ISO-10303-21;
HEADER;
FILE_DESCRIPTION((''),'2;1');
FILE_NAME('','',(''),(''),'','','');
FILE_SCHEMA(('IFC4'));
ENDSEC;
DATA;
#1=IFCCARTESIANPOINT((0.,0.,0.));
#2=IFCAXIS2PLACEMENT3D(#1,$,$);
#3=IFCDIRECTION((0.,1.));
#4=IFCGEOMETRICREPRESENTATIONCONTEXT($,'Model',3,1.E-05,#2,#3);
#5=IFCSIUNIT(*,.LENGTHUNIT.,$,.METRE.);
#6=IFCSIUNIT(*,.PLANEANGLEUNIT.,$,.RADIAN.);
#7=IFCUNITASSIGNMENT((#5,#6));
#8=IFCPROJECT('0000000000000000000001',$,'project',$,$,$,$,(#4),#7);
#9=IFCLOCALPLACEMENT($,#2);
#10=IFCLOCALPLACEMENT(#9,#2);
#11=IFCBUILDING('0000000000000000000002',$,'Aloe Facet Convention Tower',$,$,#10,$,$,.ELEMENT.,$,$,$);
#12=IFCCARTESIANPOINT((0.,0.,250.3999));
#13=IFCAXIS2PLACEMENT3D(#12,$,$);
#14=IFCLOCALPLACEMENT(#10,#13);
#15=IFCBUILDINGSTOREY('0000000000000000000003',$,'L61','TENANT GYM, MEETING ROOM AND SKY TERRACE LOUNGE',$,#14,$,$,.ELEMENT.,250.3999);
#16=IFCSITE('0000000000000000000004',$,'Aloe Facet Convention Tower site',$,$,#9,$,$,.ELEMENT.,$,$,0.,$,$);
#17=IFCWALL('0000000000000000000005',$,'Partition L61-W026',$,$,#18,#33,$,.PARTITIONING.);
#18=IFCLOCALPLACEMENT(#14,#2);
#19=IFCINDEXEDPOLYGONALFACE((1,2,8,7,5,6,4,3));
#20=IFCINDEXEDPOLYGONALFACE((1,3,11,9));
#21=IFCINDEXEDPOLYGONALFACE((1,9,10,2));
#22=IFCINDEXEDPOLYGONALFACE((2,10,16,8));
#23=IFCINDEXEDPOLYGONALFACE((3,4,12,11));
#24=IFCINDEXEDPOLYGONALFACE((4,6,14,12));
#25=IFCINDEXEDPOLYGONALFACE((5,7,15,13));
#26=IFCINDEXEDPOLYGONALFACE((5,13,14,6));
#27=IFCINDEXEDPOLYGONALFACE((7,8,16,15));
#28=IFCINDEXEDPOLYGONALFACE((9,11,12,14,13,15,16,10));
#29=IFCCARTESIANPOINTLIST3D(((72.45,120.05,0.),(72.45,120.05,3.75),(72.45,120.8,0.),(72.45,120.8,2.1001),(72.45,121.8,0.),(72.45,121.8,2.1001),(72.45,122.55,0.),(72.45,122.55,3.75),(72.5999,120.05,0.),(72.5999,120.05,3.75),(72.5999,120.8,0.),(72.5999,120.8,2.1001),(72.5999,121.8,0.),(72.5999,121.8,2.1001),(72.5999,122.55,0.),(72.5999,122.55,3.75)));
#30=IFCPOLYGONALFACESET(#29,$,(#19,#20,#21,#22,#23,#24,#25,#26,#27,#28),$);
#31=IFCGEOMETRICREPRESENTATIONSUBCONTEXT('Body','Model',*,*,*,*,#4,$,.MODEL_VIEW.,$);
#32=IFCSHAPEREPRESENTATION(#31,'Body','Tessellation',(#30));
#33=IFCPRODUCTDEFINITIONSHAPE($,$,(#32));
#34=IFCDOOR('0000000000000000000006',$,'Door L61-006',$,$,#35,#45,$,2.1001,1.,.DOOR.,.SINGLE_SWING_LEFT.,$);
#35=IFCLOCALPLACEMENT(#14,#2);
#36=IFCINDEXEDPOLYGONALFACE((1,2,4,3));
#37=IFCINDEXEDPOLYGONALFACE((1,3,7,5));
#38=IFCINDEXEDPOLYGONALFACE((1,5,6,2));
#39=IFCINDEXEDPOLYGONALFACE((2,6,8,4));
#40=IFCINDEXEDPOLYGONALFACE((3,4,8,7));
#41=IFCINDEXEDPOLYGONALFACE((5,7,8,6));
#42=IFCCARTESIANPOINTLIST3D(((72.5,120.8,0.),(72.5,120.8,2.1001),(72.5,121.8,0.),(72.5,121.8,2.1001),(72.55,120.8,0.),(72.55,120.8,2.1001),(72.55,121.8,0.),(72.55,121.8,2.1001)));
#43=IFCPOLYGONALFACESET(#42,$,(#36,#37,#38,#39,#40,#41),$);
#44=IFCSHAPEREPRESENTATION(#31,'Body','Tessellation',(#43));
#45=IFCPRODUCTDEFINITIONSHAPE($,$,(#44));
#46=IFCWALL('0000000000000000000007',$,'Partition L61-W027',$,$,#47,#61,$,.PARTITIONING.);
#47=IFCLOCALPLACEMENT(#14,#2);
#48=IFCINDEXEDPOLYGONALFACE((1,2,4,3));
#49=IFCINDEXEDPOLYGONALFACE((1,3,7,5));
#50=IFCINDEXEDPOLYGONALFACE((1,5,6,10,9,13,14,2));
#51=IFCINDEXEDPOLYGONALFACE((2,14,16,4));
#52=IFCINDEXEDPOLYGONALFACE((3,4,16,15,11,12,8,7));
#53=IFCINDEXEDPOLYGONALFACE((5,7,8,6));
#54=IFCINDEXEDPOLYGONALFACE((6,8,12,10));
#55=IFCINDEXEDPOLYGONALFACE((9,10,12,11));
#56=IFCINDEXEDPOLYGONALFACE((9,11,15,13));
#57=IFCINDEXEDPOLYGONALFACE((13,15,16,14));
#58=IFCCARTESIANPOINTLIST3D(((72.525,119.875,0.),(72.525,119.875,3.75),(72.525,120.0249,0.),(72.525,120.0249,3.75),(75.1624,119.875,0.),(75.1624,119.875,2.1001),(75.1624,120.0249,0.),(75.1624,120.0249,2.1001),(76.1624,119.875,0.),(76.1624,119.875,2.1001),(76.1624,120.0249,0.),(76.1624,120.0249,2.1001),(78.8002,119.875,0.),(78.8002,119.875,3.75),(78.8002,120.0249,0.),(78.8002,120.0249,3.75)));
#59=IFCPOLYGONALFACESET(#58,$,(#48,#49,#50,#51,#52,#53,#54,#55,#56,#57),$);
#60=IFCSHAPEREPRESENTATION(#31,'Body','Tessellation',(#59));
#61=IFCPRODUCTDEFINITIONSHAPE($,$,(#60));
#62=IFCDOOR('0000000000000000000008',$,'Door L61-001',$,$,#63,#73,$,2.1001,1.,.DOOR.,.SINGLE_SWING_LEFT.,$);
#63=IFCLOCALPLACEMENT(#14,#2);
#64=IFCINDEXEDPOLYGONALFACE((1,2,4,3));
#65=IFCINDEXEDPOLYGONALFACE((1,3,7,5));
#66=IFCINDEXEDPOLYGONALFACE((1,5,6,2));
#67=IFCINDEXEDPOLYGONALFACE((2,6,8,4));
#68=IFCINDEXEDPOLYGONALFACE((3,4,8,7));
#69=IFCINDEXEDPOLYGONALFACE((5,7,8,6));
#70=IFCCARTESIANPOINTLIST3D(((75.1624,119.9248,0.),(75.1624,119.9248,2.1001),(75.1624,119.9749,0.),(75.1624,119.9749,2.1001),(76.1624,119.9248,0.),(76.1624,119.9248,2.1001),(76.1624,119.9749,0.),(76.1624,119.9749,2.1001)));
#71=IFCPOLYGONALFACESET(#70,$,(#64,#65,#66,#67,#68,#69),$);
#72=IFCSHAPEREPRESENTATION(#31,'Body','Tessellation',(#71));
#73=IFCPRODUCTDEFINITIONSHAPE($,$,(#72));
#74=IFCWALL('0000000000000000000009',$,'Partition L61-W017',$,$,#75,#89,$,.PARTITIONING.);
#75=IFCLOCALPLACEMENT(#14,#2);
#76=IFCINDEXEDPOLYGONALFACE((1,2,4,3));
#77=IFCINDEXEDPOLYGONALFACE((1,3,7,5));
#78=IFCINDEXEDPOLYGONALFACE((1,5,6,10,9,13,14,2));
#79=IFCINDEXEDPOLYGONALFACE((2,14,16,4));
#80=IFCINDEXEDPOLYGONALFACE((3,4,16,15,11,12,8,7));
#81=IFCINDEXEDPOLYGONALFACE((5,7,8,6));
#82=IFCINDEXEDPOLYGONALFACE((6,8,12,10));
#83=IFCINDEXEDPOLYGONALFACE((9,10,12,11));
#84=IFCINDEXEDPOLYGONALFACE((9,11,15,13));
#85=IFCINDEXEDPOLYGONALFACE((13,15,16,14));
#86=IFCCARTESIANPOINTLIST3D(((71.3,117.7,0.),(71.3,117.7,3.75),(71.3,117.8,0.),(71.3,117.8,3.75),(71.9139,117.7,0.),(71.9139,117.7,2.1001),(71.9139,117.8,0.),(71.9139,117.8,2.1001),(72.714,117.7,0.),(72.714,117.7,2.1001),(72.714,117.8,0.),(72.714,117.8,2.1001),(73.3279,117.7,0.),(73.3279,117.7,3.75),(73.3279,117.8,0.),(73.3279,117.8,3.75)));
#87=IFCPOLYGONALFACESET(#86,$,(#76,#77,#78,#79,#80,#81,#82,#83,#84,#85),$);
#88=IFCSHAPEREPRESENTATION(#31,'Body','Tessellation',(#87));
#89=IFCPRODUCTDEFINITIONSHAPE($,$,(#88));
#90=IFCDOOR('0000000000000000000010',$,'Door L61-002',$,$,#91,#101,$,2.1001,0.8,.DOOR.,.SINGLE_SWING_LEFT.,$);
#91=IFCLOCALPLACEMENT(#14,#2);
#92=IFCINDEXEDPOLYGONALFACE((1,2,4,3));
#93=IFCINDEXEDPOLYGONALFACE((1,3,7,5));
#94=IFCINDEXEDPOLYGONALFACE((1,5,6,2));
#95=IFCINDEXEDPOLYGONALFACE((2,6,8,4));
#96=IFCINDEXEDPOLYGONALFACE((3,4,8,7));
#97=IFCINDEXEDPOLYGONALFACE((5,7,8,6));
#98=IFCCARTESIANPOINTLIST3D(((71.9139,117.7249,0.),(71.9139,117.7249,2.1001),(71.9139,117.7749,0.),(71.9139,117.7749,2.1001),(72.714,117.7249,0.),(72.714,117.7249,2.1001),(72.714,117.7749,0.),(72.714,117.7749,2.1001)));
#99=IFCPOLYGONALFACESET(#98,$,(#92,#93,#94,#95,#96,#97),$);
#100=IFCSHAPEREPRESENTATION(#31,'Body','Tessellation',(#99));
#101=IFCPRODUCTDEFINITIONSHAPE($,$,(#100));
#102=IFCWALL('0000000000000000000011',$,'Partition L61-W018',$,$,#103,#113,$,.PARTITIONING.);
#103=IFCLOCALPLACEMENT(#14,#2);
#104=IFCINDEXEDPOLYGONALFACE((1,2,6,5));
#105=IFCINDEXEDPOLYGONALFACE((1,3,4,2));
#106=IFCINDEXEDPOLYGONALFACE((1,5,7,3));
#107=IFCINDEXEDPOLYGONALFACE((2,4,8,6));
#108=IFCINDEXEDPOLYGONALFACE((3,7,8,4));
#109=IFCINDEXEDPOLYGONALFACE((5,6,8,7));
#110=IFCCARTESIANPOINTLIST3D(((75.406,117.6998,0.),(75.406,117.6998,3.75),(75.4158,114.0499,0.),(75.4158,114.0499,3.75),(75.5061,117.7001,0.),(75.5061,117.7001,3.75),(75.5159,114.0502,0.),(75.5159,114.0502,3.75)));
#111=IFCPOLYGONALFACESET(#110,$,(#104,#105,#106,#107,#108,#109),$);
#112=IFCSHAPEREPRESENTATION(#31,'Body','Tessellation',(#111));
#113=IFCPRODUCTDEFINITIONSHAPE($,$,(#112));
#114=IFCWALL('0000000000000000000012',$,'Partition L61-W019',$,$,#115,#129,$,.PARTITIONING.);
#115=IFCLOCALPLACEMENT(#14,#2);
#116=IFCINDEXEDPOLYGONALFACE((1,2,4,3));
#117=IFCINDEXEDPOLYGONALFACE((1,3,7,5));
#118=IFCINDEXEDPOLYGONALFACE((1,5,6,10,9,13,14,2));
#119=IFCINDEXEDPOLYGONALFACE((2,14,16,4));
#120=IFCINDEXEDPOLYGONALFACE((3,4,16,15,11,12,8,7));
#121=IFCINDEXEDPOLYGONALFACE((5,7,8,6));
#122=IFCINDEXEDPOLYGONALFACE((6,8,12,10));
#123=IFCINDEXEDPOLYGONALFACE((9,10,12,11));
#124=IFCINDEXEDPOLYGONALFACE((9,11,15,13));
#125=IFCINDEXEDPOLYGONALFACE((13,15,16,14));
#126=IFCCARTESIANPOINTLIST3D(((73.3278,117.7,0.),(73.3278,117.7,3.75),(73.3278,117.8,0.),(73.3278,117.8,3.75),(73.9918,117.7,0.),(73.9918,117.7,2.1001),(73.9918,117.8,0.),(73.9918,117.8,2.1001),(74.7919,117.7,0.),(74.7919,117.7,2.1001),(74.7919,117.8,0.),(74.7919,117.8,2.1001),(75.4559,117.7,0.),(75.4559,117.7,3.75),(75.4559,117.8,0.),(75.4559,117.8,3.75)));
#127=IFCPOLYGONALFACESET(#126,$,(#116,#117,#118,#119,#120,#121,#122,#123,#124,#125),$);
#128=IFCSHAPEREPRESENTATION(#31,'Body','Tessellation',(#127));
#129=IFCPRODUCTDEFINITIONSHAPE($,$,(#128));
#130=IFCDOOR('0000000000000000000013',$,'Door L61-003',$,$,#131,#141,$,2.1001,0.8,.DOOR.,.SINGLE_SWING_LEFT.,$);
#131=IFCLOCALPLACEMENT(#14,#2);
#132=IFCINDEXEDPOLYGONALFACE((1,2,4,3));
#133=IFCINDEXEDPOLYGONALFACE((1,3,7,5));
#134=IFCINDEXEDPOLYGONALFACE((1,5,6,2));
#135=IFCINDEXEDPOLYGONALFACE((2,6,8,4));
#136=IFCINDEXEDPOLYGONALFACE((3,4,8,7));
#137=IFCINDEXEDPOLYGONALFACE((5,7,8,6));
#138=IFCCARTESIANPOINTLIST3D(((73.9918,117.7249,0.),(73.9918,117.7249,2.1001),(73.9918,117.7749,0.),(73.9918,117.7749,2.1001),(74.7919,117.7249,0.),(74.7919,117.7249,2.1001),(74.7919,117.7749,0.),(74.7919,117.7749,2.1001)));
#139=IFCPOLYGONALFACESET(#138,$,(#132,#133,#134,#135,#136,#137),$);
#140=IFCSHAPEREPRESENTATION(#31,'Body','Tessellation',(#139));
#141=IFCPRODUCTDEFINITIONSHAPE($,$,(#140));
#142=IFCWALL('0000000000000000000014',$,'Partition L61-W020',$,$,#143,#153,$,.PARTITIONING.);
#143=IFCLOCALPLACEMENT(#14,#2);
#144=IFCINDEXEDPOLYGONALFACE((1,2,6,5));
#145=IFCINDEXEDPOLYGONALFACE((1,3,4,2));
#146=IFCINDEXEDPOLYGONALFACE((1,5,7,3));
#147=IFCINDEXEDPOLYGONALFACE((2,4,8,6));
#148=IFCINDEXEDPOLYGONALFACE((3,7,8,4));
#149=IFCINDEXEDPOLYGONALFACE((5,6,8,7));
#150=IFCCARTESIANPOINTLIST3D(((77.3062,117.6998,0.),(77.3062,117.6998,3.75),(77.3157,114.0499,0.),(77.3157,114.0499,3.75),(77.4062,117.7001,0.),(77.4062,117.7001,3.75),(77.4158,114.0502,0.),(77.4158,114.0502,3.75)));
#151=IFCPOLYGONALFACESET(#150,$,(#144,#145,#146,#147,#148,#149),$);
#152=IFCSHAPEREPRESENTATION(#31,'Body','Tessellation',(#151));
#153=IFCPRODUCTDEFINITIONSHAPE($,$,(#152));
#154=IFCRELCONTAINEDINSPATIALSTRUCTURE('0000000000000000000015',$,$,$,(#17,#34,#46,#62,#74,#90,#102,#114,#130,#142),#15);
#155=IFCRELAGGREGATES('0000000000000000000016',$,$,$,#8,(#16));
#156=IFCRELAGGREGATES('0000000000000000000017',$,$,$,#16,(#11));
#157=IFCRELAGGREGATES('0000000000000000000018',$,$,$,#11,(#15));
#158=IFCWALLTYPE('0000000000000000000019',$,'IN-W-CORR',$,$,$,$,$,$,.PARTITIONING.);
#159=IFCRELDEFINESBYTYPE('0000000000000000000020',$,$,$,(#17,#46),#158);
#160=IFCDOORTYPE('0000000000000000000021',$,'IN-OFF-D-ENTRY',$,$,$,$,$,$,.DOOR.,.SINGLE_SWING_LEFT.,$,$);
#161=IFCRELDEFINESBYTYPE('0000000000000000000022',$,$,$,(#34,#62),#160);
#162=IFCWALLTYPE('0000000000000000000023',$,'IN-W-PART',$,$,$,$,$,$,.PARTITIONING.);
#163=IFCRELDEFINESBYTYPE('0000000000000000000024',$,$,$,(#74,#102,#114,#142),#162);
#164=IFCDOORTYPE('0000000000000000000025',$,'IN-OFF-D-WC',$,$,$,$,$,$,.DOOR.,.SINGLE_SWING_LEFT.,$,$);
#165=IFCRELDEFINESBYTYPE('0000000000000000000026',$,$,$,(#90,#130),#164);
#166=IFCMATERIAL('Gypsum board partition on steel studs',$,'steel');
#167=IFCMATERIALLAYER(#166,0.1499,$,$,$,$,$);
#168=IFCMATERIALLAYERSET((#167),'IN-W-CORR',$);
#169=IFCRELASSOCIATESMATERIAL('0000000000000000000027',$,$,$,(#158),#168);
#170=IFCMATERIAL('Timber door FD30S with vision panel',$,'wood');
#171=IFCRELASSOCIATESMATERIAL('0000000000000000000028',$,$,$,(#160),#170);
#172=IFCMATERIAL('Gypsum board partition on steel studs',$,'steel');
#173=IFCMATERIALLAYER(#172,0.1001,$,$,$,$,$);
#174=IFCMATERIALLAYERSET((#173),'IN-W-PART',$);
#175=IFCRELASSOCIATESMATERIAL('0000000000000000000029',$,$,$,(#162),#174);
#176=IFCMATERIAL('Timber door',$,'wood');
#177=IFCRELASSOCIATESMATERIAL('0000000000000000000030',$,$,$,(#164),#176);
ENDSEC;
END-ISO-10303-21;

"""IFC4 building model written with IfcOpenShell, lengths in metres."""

from ifc_helpers import new_model, si_unit, direction, frame, frame_2d, origin, place, context, subcontext, project, spatial, rectangle, extrude, material, layer, layer_set, type_object, element, fill, save


model = new_model("IFC4")

# Units and contexts
model_context = context("Model", 3, precision=1e-05, world=origin(), true_north=direction((0.0, 1.0)))
body_context = subcontext(model_context, "Body", "Model", "MODEL_VIEW")
ifc_project = project(units=[si_unit("LENGTHUNIT", "METRE"), si_unit("PLANEANGLEUNIT", "RADIAN")], contexts=[model_context])

# Site, building, storey
site_placement = place(None, origin())
site = spatial("IfcSite", under=ifc_project, at=site_placement, Name="Aloe Facet Convention Tower site", CompositionType="ELEMENT", RefElevation=0.0)
building_placement = place(site_placement, origin())
building = spatial("IfcBuilding", under=site, at=building_placement, Name="Aloe Facet Convention Tower", CompositionType="ELEMENT")
storey_placement = place(building_placement, frame((0.0, 0.0, 250.3999)))
storey = spatial("IfcBuildingStorey", under=building, at=storey_placement, Name="L61", Description="TENANT GYM, MEETING ROOM AND SKY TERRACE LOUNGE", CompositionType="ELEMENT", Elevation=250.3999)

# Walls, openings, doors
ifc_material_1 = material(Name="Gypsum board partition on steel studs", Category="steel")
ifc_layer_1 = layer(ifc_material_1, 0.1499)
ifc_layer_set_1 = layer_set([ifc_layer_1], Name="IN-W-CORR")
wall_type_1 = type_object("IfcWallType", Name="IN-W-CORR", PredefinedType="PARTITIONING", material=ifc_layer_set_1)
wall_1_placement = place(storey_placement, frame((72.5249, 120.05, 0.0), z_axis=(0.0, 0.0, 1.0), x_axis=(0.0, 1.0, 0.0)))
wall_1 = element("IfcWall", 1, at=wall_1_placement, inside=storey, type_object=wall_type_1, Name="Partition L61-W026", PredefinedType="PARTITIONING", context=body_context, shape_type="SweptSolid", body=[
    extrude(rectangle(XDim=2.5, YDim=0.1499, at=frame_2d((1.25, 0.0))), origin(), (0.0, 0.0, 1.0), 3.75),
])
opening_1_placement = place(wall_1_placement, frame((0.75, 0.0, 0.0)))
opening_1 = element("IfcOpeningElement", 2, at=opening_1_placement, cuts=wall_1, PredefinedType="OPENING", context=body_context, shape_type="SweptSolid", body=[
    extrude(rectangle(XDim=1.0, YDim=2.1001, at=frame_2d((0.5, 1.05))), frame((0.0, 0.085, 0.0), z_axis=(0.0, -1.0, 0.0), x_axis=(1.0, 0.0, 0.0)), (0.0, 0.0, 1.0), 0.1699),
])
ifc_material_2 = material(Name="Timber door FD30S with vision panel", Category="wood")
door_type_1 = type_object("IfcDoorType", Name="IN-OFF-D-ENTRY", OperationType="SINGLE_SWING_LEFT", PredefinedType="DOOR", material=ifc_material_2)
door_1_placement = place(opening_1_placement, origin())
door_1 = element("IfcDoor", 3, at=door_1_placement, inside=storey, type_object=door_type_1, Name="Door L61-006", OperationType="SINGLE_SWING_LEFT", OverallHeight=2.1001, OverallWidth=1.0, PredefinedType="DOOR", context=body_context, shape_type="SweptSolid", body=[
    extrude(rectangle(XDim=1.0, YDim=2.1001, at=frame_2d((0.5, 1.05))), frame((0.0, 0.0249, 0.0), z_axis=(0.0, -1.0, 0.0), x_axis=(1.0, 0.0, 0.0)), (0.0, 0.0, 1.0), 0.05),
])
fill(opening_1, door_1)
wall_2_placement = place(storey_placement, frame((72.5249, 119.95, 0.0), z_axis=(0.0, 0.0, 1.0), x_axis=(1.0, 0.0, 0.0)))
wall_2 = element("IfcWall", 4, at=wall_2_placement, inside=storey, type_object=wall_type_1, Name="Partition L61-W027", PredefinedType="PARTITIONING", context=body_context, shape_type="SweptSolid", body=[
    extrude(rectangle(XDim=6.2751, YDim=0.1499, at=frame_2d((3.1377, 0.0))), origin(), (0.0, 0.0, 1.0), 3.75),
])
opening_2_placement = place(wall_2_placement, frame((2.6375, 0.0, 0.0)))
opening_2 = element("IfcOpeningElement", 5, at=opening_2_placement, cuts=wall_2, PredefinedType="OPENING", context=body_context, shape_type="SweptSolid", body=[
    extrude(rectangle(XDim=1.0, YDim=2.1001, at=frame_2d((0.5, 1.05))), frame((0.0, 0.085, 0.0), z_axis=(0.0, -1.0, 0.0), x_axis=(1.0, 0.0, 0.0)), (0.0, 0.0, 1.0), 0.1699),
])
door_2_placement = place(opening_2_placement, origin())
door_2 = element("IfcDoor", 6, at=door_2_placement, inside=storey, type_object=door_type_1, Name="Door L61-001", OperationType="SINGLE_SWING_LEFT", OverallHeight=2.1001, OverallWidth=1.0, PredefinedType="DOOR", context=body_context, shape_type="SweptSolid", body=[
    extrude(rectangle(XDim=1.0, YDim=2.1001, at=frame_2d((0.5, 1.05))), frame((0.0, 0.0249, 0.0), z_axis=(0.0, -1.0, 0.0), x_axis=(1.0, 0.0, 0.0)), (0.0, 0.0, 1.0), 0.05),
])
fill(opening_2, door_2)
ifc_material_3 = material(Name="Gypsum board partition on steel studs", Category="steel")
ifc_layer_2 = layer(ifc_material_3, 0.1001)
ifc_layer_set_2 = layer_set([ifc_layer_2], Name="IN-W-PART")
wall_type_2 = type_object("IfcWallType", Name="IN-W-PART", PredefinedType="PARTITIONING", material=ifc_layer_set_2)
wall_3_placement = place(storey_placement, frame((71.3, 117.75, 0.0), z_axis=(0.0, 0.0, 1.0), x_axis=(1.0, 0.0, 0.0)))
wall_3 = element("IfcWall", 7, at=wall_3_placement, inside=storey, type_object=wall_type_2, Name="Partition L61-W017", PredefinedType="PARTITIONING", context=body_context, shape_type="SweptSolid", body=[
    extrude(rectangle(XDim=2.0278, YDim=0.1001, at=frame_2d((1.0139, 0.0))), origin(), (0.0, 0.0, 1.0), 3.75),
])
opening_3_placement = place(wall_3_placement, frame((0.614, 0.0, 0.0)))
opening_3 = element("IfcOpeningElement", 8, at=opening_3_placement, cuts=wall_3, PredefinedType="OPENING", context=body_context, shape_type="SweptSolid", body=[
    extrude(rectangle(XDim=0.8, YDim=2.1001, at=frame_2d((0.3999, 1.05))), frame((0.0, 0.0601, 0.0), z_axis=(0.0, -1.0, 0.0), x_axis=(1.0, 0.0, 0.0)), (0.0, 0.0, 1.0), 0.1201),
])
ifc_material_4 = material(Name="Timber door", Category="wood")
door_type_2 = type_object("IfcDoorType", Name="IN-OFF-D-WC", OperationType="SINGLE_SWING_LEFT", PredefinedType="DOOR", material=ifc_material_4)
door_3_placement = place(opening_3_placement, origin())
door_3 = element("IfcDoor", 9, at=door_3_placement, inside=storey, type_object=door_type_2, Name="Door L61-002", OperationType="SINGLE_SWING_LEFT", OverallHeight=2.1001, OverallWidth=0.8, PredefinedType="DOOR", context=body_context, shape_type="SweptSolid", body=[
    extrude(rectangle(XDim=0.8, YDim=2.1001, at=frame_2d((0.3999, 1.05))), frame((0.0, 0.0249, 0.0), z_axis=(0.0, -1.0, 0.0), x_axis=(1.0, 0.0, 0.0)), (0.0, 0.0, 1.0), 0.05),
])
fill(opening_3, door_3)

# Wall
wall_4_placement = place(storey_placement, frame((75.4658, 114.05, 0.0), z_axis=(0.0, 0.0, 1.0), x_axis=(-0.002676, 0.999996, 0.0)))
element("IfcWall", 10, at=wall_4_placement, inside=storey, type_object=wall_type_2, Name="Partition L61-W018", PredefinedType="PARTITIONING", context=body_context, shape_type="SweptSolid", body=[
    extrude(rectangle(XDim=3.6499, YDim=0.1001, at=frame_2d((1.825, 0.0))), origin(), (0.0, 0.0, 1.0), 3.75),
])

# Wall, opening, door
wall_5_placement = place(storey_placement, frame((73.3279, 117.75, 0.0), z_axis=(0.0, 0.0, 1.0), x_axis=(1.0, 0.0, 0.0)))
wall_5 = element("IfcWall", 11, at=wall_5_placement, inside=storey, type_object=wall_type_2, Name="Partition L61-W019", PredefinedType="PARTITIONING", context=body_context, shape_type="SweptSolid", body=[
    extrude(rectangle(XDim=2.1282, YDim=0.1001, at=frame_2d((1.064, 0.0))), origin(), (0.0, 0.0, 1.0), 3.75),
])
opening_4_placement = place(wall_5_placement, frame((0.6641, 0.0, 0.0)))
opening_4 = element("IfcOpeningElement", 12, at=opening_4_placement, cuts=wall_5, PredefinedType="OPENING", context=body_context, shape_type="SweptSolid", body=[
    extrude(rectangle(XDim=0.8, YDim=2.1001, at=frame_2d((0.3999, 1.05))), frame((0.0, 0.0601, 0.0), z_axis=(0.0, -1.0, 0.0), x_axis=(1.0, 0.0, 0.0)), (0.0, 0.0, 1.0), 0.1201),
])
door_4_placement = place(opening_4_placement, origin())
door_4 = element("IfcDoor", 13, at=door_4_placement, inside=storey, type_object=door_type_2, Name="Door L61-003", OperationType="SINGLE_SWING_LEFT", OverallHeight=2.1001, OverallWidth=0.8, PredefinedType="DOOR", context=body_context, shape_type="SweptSolid", body=[
    extrude(rectangle(XDim=0.8, YDim=2.1001, at=frame_2d((0.3999, 1.05))), frame((0.0, 0.0249, 0.0), z_axis=(0.0, -1.0, 0.0), x_axis=(1.0, 0.0, 0.0)), (0.0, 0.0, 1.0), 0.05),
])
fill(opening_4, door_4)

# Wall
wall_6_placement = place(storey_placement, frame((77.3657, 114.05, 0.0), z_axis=(0.0, 0.0, 1.0), x_axis=(-0.002609, 0.999997, 0.0)))
element("IfcWall", 14, at=wall_6_placement, inside=storey, type_object=wall_type_2, Name="Partition L61-W020", PredefinedType="PARTITIONING", context=body_context, shape_type="SweptSolid", body=[
    extrude(rectangle(XDim=3.6499, YDim=0.1001, at=frame_2d((1.825, 0.0))), origin(), (0.0, 0.0, 1.0), 3.75),
])

save(model, "model.ifc")
